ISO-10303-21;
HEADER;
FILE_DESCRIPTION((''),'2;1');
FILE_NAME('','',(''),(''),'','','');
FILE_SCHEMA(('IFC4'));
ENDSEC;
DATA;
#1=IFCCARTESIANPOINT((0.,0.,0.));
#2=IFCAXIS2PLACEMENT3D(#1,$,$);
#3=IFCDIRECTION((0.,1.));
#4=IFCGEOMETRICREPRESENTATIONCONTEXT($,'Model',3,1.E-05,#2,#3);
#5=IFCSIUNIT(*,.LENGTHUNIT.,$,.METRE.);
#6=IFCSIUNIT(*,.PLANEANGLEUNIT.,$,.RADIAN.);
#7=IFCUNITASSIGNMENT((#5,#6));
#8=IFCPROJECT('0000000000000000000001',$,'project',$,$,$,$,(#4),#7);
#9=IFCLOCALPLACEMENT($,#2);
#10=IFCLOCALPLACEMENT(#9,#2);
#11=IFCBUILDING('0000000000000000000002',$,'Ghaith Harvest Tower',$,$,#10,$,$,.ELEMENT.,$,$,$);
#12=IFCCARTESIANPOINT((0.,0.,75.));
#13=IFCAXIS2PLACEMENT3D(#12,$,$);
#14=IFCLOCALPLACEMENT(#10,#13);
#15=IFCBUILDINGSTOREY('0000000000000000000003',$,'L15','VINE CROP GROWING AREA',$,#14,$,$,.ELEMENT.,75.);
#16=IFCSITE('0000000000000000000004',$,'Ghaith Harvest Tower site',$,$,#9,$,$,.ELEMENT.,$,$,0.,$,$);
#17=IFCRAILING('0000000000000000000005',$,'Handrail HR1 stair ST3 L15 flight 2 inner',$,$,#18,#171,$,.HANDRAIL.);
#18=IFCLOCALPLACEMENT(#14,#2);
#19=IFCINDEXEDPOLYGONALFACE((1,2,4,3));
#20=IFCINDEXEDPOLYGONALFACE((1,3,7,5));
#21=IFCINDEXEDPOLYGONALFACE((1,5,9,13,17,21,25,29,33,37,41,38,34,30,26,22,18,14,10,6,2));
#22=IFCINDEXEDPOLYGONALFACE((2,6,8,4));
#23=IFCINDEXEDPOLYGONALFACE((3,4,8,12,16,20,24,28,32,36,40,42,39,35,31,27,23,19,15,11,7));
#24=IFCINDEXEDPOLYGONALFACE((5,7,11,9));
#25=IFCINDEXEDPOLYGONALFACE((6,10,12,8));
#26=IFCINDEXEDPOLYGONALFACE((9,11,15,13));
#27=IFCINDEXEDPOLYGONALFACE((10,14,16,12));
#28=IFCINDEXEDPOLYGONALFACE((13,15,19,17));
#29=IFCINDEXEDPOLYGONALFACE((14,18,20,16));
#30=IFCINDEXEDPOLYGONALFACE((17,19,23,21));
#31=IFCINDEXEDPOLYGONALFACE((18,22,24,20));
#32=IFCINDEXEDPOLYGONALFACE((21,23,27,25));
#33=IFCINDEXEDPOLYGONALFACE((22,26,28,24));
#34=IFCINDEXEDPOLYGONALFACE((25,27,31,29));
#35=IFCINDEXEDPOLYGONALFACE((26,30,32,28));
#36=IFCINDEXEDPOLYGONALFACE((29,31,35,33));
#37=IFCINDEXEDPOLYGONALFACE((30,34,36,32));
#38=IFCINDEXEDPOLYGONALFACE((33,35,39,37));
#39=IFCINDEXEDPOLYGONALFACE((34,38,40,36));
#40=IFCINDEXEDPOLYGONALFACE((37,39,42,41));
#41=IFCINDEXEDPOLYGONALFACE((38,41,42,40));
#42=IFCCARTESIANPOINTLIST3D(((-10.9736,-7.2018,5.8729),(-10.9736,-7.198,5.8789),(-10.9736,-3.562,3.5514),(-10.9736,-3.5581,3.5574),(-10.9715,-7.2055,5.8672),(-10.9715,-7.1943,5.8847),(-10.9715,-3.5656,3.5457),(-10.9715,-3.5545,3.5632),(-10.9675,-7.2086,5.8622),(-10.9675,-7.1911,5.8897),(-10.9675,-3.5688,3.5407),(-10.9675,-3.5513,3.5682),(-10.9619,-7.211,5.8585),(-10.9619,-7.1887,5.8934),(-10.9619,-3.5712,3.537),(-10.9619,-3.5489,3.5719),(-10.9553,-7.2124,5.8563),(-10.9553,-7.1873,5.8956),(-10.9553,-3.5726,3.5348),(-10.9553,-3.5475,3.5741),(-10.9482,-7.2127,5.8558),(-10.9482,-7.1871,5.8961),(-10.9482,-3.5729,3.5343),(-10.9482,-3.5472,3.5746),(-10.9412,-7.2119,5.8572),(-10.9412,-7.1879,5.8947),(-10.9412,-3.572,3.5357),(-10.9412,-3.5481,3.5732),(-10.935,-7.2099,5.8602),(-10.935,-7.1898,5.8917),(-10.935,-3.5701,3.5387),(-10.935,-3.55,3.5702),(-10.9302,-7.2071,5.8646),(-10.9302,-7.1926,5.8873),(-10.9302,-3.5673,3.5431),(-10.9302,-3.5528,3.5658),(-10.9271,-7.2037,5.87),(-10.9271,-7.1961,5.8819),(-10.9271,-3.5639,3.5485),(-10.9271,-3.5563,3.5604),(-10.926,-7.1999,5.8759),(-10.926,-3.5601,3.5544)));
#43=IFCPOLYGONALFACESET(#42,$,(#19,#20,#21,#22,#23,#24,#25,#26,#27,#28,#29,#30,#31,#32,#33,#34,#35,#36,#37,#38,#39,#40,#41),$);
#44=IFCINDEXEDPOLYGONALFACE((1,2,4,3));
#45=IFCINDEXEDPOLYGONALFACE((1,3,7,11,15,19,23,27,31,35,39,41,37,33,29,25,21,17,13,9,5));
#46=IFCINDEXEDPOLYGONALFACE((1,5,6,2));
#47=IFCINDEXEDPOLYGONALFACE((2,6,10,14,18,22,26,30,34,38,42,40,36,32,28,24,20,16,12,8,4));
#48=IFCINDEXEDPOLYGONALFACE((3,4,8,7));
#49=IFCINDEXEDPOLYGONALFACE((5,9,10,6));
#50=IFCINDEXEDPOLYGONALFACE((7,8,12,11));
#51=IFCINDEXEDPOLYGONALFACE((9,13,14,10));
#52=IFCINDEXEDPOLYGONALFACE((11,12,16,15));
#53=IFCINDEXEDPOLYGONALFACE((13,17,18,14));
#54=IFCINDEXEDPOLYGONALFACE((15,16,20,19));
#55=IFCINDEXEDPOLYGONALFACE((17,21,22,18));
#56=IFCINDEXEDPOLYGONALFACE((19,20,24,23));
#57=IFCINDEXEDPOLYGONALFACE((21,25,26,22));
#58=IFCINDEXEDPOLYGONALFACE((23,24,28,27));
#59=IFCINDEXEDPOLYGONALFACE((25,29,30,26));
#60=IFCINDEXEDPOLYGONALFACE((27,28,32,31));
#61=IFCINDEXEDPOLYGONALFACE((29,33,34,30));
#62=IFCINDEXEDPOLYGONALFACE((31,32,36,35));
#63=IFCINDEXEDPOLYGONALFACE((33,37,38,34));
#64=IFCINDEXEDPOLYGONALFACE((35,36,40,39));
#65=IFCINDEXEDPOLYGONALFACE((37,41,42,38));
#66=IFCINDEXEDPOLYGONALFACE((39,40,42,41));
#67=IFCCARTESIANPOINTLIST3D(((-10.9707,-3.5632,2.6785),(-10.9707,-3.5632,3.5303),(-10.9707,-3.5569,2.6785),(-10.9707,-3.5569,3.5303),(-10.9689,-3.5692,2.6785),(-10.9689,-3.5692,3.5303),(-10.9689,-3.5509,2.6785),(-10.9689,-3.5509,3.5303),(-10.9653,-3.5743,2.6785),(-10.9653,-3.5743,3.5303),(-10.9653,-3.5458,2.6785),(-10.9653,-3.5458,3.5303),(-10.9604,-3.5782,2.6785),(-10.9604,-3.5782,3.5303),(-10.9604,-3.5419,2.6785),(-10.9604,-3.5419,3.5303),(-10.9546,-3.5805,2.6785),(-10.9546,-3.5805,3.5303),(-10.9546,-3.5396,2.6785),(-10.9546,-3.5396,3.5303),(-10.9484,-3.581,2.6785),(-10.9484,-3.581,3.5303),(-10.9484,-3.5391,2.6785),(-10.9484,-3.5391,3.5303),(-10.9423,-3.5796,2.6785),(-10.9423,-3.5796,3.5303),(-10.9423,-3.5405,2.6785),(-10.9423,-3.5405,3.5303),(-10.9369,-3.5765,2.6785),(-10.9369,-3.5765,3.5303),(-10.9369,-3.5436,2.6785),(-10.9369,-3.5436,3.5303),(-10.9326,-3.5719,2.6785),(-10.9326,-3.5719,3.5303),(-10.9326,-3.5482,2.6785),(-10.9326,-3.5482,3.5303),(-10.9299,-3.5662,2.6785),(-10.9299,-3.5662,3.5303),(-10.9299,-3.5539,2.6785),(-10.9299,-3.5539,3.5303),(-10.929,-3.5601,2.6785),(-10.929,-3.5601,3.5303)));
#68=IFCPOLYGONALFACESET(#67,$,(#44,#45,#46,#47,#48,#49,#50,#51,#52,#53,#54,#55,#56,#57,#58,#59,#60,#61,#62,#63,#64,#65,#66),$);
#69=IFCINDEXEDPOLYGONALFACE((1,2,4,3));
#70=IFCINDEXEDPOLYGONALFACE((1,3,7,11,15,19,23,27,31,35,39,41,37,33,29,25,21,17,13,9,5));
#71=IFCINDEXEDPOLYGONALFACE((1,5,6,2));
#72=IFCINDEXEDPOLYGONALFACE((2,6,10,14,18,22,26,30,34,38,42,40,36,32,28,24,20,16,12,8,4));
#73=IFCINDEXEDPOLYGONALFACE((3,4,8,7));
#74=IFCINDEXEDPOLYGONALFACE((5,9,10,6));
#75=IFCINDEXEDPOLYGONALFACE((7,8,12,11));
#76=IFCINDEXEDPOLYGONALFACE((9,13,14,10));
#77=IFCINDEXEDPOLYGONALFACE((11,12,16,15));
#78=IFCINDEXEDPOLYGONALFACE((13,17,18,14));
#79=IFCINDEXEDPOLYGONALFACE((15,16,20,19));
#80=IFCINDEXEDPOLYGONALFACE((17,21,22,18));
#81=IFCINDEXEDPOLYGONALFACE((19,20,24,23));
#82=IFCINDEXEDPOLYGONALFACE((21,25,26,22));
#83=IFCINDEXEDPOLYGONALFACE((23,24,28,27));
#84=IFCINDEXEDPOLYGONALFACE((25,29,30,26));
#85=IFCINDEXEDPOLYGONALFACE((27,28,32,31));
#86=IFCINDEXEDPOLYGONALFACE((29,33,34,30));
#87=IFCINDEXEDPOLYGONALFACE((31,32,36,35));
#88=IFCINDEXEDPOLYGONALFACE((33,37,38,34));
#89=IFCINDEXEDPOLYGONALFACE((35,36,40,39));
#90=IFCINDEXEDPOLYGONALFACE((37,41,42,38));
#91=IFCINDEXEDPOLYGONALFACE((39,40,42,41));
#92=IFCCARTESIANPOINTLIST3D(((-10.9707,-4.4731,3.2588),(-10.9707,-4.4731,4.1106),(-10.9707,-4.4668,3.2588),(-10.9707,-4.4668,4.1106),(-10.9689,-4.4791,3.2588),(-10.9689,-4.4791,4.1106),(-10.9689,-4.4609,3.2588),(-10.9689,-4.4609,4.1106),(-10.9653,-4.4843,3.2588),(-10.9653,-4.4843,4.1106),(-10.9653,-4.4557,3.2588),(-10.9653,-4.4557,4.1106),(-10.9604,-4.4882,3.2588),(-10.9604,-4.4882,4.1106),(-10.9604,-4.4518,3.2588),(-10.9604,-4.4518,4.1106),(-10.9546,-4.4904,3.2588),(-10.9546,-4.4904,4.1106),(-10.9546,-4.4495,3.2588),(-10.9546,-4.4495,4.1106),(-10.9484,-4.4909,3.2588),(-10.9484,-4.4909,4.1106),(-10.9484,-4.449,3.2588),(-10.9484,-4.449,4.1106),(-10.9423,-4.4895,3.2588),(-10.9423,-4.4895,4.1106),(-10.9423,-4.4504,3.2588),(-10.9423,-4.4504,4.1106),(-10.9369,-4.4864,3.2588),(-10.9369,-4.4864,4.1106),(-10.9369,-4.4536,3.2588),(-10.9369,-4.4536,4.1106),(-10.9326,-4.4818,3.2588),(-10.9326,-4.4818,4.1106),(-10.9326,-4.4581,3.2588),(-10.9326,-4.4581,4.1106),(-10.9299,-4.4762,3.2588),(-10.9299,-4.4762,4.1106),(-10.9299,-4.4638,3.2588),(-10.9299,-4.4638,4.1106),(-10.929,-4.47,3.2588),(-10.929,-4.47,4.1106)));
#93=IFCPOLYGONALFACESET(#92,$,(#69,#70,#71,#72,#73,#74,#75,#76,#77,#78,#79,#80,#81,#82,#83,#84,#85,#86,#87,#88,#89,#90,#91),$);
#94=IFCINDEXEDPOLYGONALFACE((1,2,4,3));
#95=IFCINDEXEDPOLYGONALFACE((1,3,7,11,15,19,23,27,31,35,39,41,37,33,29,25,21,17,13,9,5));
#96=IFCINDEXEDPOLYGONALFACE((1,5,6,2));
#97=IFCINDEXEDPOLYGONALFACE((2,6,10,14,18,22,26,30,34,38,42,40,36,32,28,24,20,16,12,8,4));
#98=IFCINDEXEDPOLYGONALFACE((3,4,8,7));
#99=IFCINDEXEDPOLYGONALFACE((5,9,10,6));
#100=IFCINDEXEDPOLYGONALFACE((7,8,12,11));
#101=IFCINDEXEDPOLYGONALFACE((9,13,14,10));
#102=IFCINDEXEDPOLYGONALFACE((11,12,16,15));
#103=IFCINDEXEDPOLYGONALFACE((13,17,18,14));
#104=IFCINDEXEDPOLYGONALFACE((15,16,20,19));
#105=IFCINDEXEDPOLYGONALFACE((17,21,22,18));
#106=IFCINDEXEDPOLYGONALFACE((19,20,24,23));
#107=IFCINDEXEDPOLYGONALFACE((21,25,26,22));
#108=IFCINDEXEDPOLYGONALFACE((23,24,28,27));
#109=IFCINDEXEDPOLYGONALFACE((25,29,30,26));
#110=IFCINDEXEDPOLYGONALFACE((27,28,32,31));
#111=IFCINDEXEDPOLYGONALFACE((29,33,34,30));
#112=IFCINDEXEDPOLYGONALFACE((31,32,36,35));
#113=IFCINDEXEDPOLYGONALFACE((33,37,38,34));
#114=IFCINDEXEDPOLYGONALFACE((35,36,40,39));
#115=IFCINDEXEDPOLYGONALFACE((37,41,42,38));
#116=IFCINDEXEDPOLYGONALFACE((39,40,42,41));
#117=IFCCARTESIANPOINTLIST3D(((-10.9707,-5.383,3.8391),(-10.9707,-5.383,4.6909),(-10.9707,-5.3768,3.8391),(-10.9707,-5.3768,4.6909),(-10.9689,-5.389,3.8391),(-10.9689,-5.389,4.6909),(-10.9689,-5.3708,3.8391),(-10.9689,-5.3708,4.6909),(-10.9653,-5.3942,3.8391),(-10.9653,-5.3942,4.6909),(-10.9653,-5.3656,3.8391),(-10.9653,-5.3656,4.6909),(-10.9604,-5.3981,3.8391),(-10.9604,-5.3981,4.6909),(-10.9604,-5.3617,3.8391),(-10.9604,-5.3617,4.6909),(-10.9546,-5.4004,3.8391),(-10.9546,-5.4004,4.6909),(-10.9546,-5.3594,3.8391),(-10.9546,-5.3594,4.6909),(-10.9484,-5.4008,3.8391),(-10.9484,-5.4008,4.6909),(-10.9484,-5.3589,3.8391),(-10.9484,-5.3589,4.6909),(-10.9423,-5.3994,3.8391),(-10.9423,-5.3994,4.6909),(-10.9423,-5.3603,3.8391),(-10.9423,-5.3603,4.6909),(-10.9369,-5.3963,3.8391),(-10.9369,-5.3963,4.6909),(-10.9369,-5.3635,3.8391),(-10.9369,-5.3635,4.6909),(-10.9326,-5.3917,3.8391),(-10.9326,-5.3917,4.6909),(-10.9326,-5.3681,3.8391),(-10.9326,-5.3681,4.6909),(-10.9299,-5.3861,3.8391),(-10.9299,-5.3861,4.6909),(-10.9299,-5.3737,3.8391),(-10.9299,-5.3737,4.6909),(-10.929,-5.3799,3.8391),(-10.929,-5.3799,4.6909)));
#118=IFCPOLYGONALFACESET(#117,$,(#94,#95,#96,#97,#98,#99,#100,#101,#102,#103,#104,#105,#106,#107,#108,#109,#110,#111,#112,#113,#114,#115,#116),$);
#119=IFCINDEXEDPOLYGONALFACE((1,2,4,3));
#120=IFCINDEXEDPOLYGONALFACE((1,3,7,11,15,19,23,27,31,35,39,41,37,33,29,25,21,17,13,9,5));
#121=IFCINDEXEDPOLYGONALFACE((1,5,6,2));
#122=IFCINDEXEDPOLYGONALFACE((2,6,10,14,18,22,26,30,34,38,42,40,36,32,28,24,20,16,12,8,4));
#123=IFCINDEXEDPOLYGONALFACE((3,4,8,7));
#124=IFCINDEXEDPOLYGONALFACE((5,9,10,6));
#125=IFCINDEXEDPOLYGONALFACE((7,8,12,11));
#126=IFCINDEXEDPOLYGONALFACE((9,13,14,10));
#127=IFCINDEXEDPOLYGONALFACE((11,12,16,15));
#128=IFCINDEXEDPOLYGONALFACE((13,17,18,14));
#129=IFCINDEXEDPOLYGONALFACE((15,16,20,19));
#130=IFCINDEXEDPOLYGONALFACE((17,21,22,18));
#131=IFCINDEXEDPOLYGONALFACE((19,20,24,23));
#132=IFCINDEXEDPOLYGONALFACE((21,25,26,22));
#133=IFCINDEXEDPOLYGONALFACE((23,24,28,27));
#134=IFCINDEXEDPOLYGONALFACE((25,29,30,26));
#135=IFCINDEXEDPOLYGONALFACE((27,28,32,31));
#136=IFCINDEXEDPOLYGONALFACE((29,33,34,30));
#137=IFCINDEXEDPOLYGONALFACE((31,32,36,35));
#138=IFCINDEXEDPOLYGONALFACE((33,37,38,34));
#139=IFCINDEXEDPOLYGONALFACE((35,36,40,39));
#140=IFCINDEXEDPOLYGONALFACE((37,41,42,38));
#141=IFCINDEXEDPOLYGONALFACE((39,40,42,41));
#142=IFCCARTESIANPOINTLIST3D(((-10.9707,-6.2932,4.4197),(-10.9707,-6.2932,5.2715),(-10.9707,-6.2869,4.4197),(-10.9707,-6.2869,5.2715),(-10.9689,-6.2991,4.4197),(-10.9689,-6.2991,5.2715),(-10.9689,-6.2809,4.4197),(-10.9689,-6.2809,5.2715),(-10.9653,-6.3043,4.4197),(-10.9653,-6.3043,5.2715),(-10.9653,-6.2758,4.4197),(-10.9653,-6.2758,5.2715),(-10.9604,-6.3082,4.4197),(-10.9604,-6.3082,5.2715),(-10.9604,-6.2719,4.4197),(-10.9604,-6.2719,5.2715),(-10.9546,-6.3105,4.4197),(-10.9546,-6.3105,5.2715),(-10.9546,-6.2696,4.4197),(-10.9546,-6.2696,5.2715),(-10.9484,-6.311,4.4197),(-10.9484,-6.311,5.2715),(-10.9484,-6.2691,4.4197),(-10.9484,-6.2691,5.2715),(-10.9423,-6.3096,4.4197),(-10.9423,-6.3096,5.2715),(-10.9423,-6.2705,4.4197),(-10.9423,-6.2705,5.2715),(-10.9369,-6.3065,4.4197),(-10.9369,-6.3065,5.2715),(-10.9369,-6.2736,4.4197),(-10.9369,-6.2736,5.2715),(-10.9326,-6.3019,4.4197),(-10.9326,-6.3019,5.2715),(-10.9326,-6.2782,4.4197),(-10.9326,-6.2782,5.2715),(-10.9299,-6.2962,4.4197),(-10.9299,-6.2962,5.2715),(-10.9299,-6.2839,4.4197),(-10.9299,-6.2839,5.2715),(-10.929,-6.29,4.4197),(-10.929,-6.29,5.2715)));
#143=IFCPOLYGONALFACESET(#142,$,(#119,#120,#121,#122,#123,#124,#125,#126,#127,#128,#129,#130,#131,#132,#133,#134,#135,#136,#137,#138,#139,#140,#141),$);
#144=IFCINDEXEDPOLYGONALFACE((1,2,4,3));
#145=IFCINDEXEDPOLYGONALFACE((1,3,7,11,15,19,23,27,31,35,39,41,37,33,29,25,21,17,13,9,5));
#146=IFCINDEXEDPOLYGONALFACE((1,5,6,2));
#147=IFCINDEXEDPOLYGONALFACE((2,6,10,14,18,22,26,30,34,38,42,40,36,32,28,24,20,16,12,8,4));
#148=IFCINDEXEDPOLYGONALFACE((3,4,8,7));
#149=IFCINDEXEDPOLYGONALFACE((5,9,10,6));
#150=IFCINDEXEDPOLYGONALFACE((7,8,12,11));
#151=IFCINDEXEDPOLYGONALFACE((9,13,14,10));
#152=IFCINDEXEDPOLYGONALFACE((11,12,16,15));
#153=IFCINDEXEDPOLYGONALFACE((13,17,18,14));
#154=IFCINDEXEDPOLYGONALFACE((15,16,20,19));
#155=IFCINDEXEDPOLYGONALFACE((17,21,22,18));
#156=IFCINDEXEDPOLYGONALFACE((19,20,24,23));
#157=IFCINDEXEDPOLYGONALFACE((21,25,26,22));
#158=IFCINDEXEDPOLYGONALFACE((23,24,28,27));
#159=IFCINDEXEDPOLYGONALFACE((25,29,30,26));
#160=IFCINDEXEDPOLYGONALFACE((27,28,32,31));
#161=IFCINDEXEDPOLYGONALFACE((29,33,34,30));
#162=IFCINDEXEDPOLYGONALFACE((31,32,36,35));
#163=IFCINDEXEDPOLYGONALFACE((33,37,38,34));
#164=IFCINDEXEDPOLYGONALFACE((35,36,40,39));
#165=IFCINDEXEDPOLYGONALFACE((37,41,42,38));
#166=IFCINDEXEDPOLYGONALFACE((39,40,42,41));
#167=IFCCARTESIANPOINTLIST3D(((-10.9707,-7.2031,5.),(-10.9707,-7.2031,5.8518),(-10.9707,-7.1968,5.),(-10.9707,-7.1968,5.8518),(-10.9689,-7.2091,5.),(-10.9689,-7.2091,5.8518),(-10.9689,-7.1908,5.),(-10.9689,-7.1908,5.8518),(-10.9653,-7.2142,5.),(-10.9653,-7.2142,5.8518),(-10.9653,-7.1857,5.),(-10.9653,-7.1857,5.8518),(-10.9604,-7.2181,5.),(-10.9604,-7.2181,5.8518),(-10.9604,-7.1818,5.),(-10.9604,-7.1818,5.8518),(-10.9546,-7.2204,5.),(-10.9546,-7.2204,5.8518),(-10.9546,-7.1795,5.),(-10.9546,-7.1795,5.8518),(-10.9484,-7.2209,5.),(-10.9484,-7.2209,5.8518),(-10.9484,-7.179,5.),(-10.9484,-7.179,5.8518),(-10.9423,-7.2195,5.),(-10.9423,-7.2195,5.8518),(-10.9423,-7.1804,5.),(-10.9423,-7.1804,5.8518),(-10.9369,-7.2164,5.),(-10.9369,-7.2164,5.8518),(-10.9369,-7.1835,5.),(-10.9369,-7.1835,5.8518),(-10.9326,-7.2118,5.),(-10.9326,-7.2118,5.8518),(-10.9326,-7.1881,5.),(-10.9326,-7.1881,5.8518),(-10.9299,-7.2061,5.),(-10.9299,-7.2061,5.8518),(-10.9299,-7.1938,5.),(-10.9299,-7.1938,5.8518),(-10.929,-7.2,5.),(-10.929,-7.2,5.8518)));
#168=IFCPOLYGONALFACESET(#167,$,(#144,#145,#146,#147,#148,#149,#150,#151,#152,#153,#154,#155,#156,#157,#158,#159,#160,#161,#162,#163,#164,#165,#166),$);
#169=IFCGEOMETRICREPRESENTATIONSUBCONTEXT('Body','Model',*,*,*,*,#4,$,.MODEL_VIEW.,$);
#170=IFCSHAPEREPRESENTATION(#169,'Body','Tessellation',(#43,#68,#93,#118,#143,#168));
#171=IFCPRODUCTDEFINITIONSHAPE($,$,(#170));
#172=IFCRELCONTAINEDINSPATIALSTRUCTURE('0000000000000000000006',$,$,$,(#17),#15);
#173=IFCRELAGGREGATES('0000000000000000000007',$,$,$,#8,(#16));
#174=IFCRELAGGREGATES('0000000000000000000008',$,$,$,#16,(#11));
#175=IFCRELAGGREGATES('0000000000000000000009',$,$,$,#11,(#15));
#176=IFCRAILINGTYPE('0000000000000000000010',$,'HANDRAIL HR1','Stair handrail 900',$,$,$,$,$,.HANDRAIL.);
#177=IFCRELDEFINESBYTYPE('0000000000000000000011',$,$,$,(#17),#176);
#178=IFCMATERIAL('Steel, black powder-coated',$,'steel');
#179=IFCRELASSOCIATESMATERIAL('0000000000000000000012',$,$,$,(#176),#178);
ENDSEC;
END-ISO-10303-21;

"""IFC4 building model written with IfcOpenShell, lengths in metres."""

from ifc_helpers import new_model, si_unit, direction, frame, origin, origin_2d, place, context, subcontext, project, spatial, circle, extrude, material, type_object, element, save


model = new_model("IFC4")

# Units and contexts
model_context = context("Model", 3, precision=1e-05, world=origin(), true_north=direction((0.0, 1.0)))
body_context = subcontext(model_context, "Body", "Model", "MODEL_VIEW")
ifc_project = project(units=[si_unit("LENGTHUNIT", "METRE"), si_unit("PLANEANGLEUNIT", "RADIAN")], contexts=[model_context])

# Site, building, storey
site_placement = place(None, origin())
site = spatial("IfcSite", under=ifc_project, at=site_placement, Name="Ghaith Harvest Tower site", CompositionType="ELEMENT", RefElevation=0.0)
building_placement = place(site_placement, origin())
building = spatial("IfcBuilding", under=site, at=building_placement, Name="Ghaith Harvest Tower", CompositionType="ELEMENT")
storey_placement = place(building_placement, frame((0.0, 0.0, 75.0)))
storey = spatial("IfcBuildingStorey", under=building, at=storey_placement, Name="L15", Description="VINE CROP GROWING AREA", CompositionType="ELEMENT", Elevation=75.0)

# Railing
ifc_material_1 = material(Name="Steel, black powder-coated", Category="steel")
railing_type = type_object("IfcRailingType", Name="HANDRAIL HR1", Description="Stair handrail 900", PredefinedType="HANDRAIL", material=ifc_material_1)
railing_1_placement = place(storey_placement, frame((-10.95, -3.5601, 2.6785)))
element("IfcRailing", 1, at=railing_1_placement, inside=storey, type_object=railing_type, Name="Handrail HR1 stair ST3 L15 flight 2 inner", PredefinedType="HANDRAIL", context=body_context, shape_type="SweptSolid", body=[
    extrude(circle(Radius=0.0239, at=origin_2d()), frame((0.0, 0.0, 0.876), z_axis=(0.0, -0.843112, 0.537739), x_axis=(1.0, 0.0, 0.0)), (0.0, 0.0, 1.0), 4.3171),
    extrude(circle(Radius=0.021, at=origin_2d()), origin(), (0.0, 0.0, 1.0), 0.8518),
    extrude(circle(Radius=0.021, at=origin_2d()), frame((0.0, -0.9099, 0.5803)), (0.0, 0.0, 1.0), 0.8518),
    extrude(circle(Radius=0.021, at=origin_2d()), frame((0.0, -1.8198, 1.1606)), (0.0, 0.0, 1.0), 0.8518),
    extrude(circle(Radius=0.021, at=origin_2d()), frame((0.0, -2.73, 1.7412)), (0.0, 0.0, 1.0), 0.8518),
    extrude(circle(Radius=0.021, at=origin_2d()), frame((0.0, -3.6399, 2.3215)), (0.0, 0.0, 1.0), 0.8518),
])

save(model, "model.ifc")
